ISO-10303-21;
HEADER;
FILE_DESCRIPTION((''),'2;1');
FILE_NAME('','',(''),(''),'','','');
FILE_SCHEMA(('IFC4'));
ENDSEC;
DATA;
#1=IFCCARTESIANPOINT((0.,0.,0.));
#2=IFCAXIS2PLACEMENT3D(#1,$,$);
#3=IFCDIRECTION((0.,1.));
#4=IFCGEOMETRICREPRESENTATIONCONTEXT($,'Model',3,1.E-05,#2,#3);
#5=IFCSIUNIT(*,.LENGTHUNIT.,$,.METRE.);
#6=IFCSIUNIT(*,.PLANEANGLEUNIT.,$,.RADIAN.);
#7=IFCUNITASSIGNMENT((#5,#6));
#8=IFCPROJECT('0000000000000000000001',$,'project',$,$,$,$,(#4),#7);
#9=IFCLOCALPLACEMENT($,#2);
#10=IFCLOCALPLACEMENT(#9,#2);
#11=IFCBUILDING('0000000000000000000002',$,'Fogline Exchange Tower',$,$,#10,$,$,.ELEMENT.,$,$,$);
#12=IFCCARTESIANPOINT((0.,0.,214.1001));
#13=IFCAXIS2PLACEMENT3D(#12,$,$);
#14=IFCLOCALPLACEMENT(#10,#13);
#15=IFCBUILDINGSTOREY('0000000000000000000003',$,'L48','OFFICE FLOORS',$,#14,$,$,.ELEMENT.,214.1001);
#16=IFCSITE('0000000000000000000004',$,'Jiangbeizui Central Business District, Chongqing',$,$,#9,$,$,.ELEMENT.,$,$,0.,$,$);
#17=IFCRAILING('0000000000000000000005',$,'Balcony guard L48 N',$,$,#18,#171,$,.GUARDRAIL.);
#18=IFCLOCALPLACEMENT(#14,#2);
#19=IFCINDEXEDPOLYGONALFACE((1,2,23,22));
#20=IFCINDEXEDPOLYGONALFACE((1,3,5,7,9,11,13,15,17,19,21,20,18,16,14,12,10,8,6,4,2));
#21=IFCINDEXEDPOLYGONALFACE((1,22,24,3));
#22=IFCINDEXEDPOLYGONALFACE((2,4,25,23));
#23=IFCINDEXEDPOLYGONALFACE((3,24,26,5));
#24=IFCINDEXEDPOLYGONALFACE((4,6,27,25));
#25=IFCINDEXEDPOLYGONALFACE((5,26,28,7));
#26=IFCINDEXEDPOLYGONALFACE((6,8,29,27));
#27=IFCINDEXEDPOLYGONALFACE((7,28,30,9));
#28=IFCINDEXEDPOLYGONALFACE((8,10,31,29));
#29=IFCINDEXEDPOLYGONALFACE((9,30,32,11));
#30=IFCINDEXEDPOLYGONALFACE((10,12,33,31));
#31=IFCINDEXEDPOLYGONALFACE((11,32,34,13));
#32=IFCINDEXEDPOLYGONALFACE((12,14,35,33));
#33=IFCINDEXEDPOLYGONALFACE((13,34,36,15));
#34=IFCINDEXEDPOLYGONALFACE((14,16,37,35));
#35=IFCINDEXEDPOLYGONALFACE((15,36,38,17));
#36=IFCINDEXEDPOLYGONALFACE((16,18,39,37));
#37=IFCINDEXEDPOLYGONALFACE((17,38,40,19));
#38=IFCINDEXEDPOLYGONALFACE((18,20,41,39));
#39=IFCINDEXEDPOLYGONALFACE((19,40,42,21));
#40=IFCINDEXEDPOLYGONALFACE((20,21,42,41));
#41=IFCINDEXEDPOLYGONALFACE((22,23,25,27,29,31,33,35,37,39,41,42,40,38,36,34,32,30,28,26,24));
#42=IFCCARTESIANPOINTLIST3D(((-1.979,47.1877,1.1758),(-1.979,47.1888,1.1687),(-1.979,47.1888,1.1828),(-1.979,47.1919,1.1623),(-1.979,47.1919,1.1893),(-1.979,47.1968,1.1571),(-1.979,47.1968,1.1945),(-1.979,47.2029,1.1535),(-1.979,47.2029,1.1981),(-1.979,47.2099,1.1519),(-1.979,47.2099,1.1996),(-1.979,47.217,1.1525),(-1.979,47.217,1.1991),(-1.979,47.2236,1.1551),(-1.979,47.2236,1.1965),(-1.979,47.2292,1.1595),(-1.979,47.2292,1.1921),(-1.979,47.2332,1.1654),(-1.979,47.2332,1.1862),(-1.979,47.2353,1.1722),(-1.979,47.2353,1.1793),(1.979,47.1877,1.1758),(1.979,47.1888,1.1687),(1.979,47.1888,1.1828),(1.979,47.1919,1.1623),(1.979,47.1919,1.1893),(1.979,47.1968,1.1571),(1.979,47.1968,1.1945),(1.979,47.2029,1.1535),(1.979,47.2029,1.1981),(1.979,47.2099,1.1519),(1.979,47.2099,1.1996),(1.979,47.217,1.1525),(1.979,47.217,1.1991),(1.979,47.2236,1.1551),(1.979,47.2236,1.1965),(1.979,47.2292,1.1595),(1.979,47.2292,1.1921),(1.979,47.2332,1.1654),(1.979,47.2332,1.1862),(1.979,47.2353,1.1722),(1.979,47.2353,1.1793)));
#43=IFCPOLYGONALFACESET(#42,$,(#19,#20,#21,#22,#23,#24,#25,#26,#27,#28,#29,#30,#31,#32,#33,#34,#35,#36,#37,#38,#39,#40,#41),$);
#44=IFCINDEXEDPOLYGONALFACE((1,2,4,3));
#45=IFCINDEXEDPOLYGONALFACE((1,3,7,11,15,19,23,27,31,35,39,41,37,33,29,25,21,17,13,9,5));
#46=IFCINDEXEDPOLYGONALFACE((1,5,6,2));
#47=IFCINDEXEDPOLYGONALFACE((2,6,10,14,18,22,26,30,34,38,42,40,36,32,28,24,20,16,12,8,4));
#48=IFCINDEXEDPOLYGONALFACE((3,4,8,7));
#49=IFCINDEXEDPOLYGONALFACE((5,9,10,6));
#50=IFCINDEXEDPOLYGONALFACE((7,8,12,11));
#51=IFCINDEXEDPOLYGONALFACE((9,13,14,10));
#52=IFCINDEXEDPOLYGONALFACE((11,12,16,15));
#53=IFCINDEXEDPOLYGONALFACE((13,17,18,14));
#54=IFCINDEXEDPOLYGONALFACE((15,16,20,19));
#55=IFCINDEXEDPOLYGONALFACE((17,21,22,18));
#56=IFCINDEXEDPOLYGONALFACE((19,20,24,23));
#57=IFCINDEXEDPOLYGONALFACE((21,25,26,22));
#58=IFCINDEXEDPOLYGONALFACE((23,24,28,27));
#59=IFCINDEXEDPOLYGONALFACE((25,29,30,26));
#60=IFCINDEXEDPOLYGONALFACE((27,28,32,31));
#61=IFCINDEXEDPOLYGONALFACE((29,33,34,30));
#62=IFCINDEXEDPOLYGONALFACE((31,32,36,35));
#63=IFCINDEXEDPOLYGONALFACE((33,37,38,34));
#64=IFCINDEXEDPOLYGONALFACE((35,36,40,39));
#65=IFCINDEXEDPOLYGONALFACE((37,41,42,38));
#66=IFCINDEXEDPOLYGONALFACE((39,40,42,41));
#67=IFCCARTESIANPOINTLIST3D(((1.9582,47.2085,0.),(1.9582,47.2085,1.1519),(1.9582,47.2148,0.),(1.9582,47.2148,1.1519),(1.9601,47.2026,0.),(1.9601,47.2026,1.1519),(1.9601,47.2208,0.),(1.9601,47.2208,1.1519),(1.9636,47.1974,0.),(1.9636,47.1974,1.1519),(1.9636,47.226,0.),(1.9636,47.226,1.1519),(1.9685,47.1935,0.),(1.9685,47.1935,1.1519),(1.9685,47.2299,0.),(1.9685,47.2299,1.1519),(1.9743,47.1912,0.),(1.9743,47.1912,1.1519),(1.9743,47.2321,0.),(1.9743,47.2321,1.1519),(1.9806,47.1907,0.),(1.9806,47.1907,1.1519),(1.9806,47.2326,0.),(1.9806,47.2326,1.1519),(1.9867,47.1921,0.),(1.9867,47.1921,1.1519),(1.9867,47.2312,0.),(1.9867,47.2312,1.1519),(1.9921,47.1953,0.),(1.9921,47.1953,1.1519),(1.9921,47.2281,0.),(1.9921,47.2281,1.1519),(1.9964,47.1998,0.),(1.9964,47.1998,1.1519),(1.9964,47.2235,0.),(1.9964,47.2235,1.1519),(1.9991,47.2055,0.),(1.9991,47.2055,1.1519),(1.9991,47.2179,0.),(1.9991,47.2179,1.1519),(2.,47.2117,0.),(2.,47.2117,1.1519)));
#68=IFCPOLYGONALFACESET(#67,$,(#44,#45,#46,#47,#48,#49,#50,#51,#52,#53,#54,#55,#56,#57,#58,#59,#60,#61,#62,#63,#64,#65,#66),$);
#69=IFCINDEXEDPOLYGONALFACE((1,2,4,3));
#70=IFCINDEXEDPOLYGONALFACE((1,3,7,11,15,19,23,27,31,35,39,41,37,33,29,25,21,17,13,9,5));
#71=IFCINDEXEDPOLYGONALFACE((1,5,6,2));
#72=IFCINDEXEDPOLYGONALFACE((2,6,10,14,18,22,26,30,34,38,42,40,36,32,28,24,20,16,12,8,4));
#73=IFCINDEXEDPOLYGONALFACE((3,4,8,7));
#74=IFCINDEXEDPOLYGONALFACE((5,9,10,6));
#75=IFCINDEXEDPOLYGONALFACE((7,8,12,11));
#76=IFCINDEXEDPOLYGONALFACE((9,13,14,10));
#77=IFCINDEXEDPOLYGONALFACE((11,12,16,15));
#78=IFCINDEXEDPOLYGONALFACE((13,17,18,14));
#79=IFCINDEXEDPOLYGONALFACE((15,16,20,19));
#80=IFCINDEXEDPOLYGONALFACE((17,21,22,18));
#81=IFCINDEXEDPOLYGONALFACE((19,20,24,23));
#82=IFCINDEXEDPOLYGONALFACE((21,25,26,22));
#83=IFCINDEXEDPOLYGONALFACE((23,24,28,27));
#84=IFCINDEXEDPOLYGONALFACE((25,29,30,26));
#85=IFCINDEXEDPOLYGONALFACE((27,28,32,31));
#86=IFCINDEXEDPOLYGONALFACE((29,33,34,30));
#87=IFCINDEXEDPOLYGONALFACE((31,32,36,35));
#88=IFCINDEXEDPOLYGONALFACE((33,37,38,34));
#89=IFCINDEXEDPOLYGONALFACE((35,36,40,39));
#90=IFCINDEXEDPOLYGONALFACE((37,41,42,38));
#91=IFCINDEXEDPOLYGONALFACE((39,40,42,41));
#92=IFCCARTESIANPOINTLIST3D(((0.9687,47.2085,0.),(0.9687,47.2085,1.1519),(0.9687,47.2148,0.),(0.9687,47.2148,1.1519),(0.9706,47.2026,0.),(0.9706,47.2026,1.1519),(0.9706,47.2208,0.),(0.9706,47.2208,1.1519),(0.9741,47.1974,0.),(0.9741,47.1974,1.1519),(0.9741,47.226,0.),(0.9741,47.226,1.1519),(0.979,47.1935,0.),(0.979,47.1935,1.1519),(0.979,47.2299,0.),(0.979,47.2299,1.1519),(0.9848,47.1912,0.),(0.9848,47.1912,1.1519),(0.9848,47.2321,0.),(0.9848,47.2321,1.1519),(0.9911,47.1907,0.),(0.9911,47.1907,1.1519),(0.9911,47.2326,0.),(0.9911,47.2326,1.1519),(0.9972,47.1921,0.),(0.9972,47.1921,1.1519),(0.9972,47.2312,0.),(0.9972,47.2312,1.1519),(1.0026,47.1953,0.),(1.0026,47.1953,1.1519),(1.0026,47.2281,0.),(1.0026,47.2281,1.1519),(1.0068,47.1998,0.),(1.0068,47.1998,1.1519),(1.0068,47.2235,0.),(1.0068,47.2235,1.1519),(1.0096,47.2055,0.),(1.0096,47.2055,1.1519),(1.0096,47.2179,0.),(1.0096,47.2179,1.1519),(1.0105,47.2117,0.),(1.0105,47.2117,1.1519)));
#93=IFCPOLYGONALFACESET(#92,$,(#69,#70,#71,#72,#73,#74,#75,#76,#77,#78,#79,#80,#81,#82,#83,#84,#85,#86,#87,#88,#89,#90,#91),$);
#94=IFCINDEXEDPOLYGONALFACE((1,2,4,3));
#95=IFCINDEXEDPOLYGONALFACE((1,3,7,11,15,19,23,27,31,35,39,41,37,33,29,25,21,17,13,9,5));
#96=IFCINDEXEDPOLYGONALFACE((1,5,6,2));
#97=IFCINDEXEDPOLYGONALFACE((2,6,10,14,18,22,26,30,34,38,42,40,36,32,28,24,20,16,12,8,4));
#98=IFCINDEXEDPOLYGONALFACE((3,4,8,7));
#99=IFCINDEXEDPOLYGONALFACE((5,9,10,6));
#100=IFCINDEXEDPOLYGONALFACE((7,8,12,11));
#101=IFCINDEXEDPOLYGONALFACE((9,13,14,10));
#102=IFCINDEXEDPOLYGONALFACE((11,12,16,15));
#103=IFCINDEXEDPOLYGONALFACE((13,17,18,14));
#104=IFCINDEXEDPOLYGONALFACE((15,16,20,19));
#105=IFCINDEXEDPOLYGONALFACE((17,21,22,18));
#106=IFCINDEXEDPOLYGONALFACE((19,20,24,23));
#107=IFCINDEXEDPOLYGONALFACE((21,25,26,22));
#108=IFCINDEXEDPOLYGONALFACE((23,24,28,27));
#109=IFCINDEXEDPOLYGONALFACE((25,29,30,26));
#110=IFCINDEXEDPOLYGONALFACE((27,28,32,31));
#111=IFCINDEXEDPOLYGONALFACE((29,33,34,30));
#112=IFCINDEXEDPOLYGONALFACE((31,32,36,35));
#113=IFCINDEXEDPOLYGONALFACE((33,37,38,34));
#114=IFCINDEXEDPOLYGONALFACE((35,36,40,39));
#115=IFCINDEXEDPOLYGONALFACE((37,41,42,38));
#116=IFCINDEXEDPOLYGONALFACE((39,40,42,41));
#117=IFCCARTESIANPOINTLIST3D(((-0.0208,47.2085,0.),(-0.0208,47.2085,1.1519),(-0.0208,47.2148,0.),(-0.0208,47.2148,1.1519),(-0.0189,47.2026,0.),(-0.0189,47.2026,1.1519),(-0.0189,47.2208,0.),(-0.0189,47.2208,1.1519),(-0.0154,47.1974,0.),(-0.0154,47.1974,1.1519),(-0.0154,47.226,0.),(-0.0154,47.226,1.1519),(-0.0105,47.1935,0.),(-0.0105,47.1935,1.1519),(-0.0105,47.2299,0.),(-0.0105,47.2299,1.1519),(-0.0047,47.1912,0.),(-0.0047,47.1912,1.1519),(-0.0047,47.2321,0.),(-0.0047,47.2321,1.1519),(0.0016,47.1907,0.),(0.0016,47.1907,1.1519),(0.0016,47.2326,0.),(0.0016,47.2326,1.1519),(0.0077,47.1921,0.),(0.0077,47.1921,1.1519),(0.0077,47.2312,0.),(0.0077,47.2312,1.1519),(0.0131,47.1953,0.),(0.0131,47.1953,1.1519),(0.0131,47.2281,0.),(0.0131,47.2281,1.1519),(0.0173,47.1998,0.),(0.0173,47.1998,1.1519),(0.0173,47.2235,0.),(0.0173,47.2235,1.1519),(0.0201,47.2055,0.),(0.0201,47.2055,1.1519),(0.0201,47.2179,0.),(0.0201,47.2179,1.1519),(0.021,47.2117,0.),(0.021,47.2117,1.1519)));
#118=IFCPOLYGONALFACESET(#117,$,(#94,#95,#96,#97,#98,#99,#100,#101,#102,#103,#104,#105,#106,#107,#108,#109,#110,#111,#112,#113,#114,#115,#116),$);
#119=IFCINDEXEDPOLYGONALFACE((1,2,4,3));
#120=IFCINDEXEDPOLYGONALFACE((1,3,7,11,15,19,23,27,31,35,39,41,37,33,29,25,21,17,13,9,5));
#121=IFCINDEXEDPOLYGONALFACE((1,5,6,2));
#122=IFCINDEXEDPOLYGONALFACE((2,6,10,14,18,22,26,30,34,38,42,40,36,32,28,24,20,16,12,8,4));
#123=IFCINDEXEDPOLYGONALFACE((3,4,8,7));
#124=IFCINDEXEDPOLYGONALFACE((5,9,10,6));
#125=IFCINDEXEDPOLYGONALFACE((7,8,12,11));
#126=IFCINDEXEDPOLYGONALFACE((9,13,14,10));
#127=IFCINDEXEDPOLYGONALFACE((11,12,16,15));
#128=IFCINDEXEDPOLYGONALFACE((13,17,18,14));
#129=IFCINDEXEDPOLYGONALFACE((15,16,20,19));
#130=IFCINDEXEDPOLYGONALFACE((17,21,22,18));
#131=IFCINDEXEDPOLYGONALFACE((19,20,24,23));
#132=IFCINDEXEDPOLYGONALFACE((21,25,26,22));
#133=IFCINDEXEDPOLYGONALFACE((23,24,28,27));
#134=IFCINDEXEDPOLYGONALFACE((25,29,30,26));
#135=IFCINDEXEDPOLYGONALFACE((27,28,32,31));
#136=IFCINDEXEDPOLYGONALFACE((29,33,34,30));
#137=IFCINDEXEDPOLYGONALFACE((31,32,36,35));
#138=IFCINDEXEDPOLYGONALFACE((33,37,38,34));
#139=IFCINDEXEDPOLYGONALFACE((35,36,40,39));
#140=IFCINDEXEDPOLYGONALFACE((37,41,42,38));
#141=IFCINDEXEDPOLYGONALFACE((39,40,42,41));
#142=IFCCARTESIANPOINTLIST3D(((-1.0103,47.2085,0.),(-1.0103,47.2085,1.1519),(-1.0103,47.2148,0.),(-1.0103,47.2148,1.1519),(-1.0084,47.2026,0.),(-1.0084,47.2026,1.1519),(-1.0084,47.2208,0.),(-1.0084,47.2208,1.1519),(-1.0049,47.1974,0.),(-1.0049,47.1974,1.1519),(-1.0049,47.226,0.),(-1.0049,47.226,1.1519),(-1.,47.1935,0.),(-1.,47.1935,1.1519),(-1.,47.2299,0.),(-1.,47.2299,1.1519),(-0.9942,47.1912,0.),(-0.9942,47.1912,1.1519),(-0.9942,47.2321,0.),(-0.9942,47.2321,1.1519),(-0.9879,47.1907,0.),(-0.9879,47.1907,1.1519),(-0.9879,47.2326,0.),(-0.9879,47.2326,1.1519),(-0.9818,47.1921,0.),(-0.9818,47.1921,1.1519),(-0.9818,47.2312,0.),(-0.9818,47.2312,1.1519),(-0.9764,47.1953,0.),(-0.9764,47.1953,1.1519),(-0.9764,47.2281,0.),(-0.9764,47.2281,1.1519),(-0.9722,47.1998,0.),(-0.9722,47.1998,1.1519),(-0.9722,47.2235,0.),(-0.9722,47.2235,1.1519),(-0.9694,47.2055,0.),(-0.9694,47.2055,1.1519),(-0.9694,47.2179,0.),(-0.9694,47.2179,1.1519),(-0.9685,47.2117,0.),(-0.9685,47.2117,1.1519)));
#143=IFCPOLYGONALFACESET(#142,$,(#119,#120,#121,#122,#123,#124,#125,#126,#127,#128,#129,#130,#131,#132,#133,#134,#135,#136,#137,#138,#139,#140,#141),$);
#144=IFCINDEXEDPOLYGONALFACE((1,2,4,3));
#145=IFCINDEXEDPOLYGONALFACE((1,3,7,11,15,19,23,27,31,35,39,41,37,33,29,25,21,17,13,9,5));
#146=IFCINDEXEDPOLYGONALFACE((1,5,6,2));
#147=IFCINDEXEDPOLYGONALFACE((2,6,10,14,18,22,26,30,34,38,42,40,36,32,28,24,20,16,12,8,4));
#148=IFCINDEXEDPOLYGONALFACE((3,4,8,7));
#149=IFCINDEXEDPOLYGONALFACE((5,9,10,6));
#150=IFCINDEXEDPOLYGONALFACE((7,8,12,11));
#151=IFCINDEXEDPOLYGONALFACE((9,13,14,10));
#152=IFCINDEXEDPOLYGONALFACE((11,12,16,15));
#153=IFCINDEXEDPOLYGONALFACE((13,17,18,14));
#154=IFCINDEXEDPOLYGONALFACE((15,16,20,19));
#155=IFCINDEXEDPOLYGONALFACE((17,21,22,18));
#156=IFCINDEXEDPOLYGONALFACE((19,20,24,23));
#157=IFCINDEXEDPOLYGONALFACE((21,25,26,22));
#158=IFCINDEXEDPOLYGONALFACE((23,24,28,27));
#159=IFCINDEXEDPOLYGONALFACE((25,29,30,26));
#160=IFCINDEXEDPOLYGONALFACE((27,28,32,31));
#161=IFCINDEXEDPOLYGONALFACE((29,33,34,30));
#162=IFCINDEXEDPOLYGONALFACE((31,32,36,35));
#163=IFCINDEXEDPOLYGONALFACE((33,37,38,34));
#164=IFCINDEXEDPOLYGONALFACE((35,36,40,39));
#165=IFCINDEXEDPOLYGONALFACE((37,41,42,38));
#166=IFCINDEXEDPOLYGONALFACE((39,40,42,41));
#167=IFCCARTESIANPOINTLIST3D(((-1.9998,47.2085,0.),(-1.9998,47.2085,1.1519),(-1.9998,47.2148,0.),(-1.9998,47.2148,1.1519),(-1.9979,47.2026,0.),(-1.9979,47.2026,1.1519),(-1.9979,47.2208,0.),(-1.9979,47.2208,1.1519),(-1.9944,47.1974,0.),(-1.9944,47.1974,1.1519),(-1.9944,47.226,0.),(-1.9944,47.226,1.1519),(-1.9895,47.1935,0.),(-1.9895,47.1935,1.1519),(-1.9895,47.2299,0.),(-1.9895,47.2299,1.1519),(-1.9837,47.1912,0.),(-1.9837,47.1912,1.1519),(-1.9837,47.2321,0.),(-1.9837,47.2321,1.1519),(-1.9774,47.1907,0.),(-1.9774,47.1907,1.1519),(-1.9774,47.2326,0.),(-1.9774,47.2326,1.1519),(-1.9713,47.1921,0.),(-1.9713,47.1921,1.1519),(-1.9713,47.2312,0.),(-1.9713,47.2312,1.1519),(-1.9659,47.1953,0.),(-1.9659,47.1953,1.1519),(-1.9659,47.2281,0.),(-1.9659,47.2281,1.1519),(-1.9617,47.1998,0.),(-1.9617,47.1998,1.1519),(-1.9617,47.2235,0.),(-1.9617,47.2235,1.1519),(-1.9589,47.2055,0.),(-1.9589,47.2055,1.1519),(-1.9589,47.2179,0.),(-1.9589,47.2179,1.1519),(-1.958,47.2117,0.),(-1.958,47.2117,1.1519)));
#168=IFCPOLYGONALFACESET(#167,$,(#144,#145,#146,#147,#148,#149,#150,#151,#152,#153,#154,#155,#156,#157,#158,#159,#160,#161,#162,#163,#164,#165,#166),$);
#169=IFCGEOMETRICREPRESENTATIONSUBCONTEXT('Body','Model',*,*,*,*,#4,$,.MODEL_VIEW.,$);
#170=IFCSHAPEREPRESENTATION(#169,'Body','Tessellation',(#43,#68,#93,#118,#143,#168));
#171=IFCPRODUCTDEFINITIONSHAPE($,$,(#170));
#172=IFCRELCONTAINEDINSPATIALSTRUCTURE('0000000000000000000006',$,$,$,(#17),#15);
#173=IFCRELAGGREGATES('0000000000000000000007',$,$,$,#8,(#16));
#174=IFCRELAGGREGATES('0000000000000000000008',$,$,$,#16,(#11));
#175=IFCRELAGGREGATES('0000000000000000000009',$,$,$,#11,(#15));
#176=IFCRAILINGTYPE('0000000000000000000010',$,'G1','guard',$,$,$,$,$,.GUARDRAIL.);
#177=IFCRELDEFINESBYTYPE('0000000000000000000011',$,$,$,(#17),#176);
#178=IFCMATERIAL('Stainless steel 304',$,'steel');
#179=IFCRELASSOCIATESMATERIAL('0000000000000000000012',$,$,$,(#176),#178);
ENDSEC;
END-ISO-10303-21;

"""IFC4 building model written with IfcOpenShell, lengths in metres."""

from ifc_helpers import new_model, si_unit, direction, frame, origin, origin_2d, place, context, subcontext, project, spatial, circle, extrude, material, type_object, element, save


model = new_model("IFC4")

# Units and contexts
model_context = context("Model", 3, precision=1e-05, world=origin(), true_north=direction((0.0, 1.0)))
body_context = subcontext(model_context, "Body", "Model", "MODEL_VIEW")
ifc_project = project(units=[si_unit("LENGTHUNIT", "METRE"), si_unit("PLANEANGLEUNIT", "RADIAN")], contexts=[model_context])

# Site, building, storey
site_placement = place(None, origin())
site = spatial("IfcSite", under=ifc_project, at=site_placement, Name="Jiangbeizui Central Business District, Chongqing", CompositionType="ELEMENT", RefElevation=0.0)
building_placement = place(site_placement, origin())
building = spatial("IfcBuilding", under=site, at=building_placement, Name="Fogline Exchange Tower", CompositionType="ELEMENT")
storey_placement = place(building_placement, frame((0.0, 0.0, 214.1001)))
storey = spatial("IfcBuildingStorey", under=building, at=storey_placement, Name="L48", Description="OFFICE FLOORS", CompositionType="ELEMENT", Elevation=214.1001)

# Railing
ifc_material_1 = material(Name="Stainless steel 304", Category="steel")
railing_type = type_object("IfcRailingType", Name="G1", Description="guard", PredefinedType="GUARDRAIL", material=ifc_material_1)
railing_placement = place(storey_placement, frame((1.979, 47.2117, 0.0)))
element("IfcRailing", 1, at=railing_placement, inside=storey, type_object=railing_type, Name="Balcony guard L48 N", PredefinedType="GUARDRAIL", context=body_context, shape_type="SweptSolid", body=[
    extrude(circle(Radius=0.0239, at=origin_2d()), frame((0.0, 0.0, 1.1758), z_axis=(-1.0, 0.0, 0.0), x_axis=(0.0, -1.0, 0.0)), (0.0, 0.0, 1.0), 3.958),
    extrude(circle(Radius=0.021, at=origin_2d()), origin(), (0.0, 0.0, 1.0), 1.1519),
    extrude(circle(Radius=0.021, at=origin_2d()), frame((-0.9895, 0.0, 0.0)), (0.0, 0.0, 1.0), 1.1519),
    extrude(circle(Radius=0.021, at=origin_2d()), frame((-1.979, 0.0, 0.0)), (0.0, 0.0, 1.0), 1.1519),
    extrude(circle(Radius=0.021, at=origin_2d()), frame((-2.9685, 0.0, 0.0)), (0.0, 0.0, 1.0), 1.1519),
    extrude(circle(Radius=0.021, at=origin_2d()), frame((-3.958, 0.0, 0.0)), (0.0, 0.0, 1.0), 1.1519),
])

save(model, "model.ifc")
